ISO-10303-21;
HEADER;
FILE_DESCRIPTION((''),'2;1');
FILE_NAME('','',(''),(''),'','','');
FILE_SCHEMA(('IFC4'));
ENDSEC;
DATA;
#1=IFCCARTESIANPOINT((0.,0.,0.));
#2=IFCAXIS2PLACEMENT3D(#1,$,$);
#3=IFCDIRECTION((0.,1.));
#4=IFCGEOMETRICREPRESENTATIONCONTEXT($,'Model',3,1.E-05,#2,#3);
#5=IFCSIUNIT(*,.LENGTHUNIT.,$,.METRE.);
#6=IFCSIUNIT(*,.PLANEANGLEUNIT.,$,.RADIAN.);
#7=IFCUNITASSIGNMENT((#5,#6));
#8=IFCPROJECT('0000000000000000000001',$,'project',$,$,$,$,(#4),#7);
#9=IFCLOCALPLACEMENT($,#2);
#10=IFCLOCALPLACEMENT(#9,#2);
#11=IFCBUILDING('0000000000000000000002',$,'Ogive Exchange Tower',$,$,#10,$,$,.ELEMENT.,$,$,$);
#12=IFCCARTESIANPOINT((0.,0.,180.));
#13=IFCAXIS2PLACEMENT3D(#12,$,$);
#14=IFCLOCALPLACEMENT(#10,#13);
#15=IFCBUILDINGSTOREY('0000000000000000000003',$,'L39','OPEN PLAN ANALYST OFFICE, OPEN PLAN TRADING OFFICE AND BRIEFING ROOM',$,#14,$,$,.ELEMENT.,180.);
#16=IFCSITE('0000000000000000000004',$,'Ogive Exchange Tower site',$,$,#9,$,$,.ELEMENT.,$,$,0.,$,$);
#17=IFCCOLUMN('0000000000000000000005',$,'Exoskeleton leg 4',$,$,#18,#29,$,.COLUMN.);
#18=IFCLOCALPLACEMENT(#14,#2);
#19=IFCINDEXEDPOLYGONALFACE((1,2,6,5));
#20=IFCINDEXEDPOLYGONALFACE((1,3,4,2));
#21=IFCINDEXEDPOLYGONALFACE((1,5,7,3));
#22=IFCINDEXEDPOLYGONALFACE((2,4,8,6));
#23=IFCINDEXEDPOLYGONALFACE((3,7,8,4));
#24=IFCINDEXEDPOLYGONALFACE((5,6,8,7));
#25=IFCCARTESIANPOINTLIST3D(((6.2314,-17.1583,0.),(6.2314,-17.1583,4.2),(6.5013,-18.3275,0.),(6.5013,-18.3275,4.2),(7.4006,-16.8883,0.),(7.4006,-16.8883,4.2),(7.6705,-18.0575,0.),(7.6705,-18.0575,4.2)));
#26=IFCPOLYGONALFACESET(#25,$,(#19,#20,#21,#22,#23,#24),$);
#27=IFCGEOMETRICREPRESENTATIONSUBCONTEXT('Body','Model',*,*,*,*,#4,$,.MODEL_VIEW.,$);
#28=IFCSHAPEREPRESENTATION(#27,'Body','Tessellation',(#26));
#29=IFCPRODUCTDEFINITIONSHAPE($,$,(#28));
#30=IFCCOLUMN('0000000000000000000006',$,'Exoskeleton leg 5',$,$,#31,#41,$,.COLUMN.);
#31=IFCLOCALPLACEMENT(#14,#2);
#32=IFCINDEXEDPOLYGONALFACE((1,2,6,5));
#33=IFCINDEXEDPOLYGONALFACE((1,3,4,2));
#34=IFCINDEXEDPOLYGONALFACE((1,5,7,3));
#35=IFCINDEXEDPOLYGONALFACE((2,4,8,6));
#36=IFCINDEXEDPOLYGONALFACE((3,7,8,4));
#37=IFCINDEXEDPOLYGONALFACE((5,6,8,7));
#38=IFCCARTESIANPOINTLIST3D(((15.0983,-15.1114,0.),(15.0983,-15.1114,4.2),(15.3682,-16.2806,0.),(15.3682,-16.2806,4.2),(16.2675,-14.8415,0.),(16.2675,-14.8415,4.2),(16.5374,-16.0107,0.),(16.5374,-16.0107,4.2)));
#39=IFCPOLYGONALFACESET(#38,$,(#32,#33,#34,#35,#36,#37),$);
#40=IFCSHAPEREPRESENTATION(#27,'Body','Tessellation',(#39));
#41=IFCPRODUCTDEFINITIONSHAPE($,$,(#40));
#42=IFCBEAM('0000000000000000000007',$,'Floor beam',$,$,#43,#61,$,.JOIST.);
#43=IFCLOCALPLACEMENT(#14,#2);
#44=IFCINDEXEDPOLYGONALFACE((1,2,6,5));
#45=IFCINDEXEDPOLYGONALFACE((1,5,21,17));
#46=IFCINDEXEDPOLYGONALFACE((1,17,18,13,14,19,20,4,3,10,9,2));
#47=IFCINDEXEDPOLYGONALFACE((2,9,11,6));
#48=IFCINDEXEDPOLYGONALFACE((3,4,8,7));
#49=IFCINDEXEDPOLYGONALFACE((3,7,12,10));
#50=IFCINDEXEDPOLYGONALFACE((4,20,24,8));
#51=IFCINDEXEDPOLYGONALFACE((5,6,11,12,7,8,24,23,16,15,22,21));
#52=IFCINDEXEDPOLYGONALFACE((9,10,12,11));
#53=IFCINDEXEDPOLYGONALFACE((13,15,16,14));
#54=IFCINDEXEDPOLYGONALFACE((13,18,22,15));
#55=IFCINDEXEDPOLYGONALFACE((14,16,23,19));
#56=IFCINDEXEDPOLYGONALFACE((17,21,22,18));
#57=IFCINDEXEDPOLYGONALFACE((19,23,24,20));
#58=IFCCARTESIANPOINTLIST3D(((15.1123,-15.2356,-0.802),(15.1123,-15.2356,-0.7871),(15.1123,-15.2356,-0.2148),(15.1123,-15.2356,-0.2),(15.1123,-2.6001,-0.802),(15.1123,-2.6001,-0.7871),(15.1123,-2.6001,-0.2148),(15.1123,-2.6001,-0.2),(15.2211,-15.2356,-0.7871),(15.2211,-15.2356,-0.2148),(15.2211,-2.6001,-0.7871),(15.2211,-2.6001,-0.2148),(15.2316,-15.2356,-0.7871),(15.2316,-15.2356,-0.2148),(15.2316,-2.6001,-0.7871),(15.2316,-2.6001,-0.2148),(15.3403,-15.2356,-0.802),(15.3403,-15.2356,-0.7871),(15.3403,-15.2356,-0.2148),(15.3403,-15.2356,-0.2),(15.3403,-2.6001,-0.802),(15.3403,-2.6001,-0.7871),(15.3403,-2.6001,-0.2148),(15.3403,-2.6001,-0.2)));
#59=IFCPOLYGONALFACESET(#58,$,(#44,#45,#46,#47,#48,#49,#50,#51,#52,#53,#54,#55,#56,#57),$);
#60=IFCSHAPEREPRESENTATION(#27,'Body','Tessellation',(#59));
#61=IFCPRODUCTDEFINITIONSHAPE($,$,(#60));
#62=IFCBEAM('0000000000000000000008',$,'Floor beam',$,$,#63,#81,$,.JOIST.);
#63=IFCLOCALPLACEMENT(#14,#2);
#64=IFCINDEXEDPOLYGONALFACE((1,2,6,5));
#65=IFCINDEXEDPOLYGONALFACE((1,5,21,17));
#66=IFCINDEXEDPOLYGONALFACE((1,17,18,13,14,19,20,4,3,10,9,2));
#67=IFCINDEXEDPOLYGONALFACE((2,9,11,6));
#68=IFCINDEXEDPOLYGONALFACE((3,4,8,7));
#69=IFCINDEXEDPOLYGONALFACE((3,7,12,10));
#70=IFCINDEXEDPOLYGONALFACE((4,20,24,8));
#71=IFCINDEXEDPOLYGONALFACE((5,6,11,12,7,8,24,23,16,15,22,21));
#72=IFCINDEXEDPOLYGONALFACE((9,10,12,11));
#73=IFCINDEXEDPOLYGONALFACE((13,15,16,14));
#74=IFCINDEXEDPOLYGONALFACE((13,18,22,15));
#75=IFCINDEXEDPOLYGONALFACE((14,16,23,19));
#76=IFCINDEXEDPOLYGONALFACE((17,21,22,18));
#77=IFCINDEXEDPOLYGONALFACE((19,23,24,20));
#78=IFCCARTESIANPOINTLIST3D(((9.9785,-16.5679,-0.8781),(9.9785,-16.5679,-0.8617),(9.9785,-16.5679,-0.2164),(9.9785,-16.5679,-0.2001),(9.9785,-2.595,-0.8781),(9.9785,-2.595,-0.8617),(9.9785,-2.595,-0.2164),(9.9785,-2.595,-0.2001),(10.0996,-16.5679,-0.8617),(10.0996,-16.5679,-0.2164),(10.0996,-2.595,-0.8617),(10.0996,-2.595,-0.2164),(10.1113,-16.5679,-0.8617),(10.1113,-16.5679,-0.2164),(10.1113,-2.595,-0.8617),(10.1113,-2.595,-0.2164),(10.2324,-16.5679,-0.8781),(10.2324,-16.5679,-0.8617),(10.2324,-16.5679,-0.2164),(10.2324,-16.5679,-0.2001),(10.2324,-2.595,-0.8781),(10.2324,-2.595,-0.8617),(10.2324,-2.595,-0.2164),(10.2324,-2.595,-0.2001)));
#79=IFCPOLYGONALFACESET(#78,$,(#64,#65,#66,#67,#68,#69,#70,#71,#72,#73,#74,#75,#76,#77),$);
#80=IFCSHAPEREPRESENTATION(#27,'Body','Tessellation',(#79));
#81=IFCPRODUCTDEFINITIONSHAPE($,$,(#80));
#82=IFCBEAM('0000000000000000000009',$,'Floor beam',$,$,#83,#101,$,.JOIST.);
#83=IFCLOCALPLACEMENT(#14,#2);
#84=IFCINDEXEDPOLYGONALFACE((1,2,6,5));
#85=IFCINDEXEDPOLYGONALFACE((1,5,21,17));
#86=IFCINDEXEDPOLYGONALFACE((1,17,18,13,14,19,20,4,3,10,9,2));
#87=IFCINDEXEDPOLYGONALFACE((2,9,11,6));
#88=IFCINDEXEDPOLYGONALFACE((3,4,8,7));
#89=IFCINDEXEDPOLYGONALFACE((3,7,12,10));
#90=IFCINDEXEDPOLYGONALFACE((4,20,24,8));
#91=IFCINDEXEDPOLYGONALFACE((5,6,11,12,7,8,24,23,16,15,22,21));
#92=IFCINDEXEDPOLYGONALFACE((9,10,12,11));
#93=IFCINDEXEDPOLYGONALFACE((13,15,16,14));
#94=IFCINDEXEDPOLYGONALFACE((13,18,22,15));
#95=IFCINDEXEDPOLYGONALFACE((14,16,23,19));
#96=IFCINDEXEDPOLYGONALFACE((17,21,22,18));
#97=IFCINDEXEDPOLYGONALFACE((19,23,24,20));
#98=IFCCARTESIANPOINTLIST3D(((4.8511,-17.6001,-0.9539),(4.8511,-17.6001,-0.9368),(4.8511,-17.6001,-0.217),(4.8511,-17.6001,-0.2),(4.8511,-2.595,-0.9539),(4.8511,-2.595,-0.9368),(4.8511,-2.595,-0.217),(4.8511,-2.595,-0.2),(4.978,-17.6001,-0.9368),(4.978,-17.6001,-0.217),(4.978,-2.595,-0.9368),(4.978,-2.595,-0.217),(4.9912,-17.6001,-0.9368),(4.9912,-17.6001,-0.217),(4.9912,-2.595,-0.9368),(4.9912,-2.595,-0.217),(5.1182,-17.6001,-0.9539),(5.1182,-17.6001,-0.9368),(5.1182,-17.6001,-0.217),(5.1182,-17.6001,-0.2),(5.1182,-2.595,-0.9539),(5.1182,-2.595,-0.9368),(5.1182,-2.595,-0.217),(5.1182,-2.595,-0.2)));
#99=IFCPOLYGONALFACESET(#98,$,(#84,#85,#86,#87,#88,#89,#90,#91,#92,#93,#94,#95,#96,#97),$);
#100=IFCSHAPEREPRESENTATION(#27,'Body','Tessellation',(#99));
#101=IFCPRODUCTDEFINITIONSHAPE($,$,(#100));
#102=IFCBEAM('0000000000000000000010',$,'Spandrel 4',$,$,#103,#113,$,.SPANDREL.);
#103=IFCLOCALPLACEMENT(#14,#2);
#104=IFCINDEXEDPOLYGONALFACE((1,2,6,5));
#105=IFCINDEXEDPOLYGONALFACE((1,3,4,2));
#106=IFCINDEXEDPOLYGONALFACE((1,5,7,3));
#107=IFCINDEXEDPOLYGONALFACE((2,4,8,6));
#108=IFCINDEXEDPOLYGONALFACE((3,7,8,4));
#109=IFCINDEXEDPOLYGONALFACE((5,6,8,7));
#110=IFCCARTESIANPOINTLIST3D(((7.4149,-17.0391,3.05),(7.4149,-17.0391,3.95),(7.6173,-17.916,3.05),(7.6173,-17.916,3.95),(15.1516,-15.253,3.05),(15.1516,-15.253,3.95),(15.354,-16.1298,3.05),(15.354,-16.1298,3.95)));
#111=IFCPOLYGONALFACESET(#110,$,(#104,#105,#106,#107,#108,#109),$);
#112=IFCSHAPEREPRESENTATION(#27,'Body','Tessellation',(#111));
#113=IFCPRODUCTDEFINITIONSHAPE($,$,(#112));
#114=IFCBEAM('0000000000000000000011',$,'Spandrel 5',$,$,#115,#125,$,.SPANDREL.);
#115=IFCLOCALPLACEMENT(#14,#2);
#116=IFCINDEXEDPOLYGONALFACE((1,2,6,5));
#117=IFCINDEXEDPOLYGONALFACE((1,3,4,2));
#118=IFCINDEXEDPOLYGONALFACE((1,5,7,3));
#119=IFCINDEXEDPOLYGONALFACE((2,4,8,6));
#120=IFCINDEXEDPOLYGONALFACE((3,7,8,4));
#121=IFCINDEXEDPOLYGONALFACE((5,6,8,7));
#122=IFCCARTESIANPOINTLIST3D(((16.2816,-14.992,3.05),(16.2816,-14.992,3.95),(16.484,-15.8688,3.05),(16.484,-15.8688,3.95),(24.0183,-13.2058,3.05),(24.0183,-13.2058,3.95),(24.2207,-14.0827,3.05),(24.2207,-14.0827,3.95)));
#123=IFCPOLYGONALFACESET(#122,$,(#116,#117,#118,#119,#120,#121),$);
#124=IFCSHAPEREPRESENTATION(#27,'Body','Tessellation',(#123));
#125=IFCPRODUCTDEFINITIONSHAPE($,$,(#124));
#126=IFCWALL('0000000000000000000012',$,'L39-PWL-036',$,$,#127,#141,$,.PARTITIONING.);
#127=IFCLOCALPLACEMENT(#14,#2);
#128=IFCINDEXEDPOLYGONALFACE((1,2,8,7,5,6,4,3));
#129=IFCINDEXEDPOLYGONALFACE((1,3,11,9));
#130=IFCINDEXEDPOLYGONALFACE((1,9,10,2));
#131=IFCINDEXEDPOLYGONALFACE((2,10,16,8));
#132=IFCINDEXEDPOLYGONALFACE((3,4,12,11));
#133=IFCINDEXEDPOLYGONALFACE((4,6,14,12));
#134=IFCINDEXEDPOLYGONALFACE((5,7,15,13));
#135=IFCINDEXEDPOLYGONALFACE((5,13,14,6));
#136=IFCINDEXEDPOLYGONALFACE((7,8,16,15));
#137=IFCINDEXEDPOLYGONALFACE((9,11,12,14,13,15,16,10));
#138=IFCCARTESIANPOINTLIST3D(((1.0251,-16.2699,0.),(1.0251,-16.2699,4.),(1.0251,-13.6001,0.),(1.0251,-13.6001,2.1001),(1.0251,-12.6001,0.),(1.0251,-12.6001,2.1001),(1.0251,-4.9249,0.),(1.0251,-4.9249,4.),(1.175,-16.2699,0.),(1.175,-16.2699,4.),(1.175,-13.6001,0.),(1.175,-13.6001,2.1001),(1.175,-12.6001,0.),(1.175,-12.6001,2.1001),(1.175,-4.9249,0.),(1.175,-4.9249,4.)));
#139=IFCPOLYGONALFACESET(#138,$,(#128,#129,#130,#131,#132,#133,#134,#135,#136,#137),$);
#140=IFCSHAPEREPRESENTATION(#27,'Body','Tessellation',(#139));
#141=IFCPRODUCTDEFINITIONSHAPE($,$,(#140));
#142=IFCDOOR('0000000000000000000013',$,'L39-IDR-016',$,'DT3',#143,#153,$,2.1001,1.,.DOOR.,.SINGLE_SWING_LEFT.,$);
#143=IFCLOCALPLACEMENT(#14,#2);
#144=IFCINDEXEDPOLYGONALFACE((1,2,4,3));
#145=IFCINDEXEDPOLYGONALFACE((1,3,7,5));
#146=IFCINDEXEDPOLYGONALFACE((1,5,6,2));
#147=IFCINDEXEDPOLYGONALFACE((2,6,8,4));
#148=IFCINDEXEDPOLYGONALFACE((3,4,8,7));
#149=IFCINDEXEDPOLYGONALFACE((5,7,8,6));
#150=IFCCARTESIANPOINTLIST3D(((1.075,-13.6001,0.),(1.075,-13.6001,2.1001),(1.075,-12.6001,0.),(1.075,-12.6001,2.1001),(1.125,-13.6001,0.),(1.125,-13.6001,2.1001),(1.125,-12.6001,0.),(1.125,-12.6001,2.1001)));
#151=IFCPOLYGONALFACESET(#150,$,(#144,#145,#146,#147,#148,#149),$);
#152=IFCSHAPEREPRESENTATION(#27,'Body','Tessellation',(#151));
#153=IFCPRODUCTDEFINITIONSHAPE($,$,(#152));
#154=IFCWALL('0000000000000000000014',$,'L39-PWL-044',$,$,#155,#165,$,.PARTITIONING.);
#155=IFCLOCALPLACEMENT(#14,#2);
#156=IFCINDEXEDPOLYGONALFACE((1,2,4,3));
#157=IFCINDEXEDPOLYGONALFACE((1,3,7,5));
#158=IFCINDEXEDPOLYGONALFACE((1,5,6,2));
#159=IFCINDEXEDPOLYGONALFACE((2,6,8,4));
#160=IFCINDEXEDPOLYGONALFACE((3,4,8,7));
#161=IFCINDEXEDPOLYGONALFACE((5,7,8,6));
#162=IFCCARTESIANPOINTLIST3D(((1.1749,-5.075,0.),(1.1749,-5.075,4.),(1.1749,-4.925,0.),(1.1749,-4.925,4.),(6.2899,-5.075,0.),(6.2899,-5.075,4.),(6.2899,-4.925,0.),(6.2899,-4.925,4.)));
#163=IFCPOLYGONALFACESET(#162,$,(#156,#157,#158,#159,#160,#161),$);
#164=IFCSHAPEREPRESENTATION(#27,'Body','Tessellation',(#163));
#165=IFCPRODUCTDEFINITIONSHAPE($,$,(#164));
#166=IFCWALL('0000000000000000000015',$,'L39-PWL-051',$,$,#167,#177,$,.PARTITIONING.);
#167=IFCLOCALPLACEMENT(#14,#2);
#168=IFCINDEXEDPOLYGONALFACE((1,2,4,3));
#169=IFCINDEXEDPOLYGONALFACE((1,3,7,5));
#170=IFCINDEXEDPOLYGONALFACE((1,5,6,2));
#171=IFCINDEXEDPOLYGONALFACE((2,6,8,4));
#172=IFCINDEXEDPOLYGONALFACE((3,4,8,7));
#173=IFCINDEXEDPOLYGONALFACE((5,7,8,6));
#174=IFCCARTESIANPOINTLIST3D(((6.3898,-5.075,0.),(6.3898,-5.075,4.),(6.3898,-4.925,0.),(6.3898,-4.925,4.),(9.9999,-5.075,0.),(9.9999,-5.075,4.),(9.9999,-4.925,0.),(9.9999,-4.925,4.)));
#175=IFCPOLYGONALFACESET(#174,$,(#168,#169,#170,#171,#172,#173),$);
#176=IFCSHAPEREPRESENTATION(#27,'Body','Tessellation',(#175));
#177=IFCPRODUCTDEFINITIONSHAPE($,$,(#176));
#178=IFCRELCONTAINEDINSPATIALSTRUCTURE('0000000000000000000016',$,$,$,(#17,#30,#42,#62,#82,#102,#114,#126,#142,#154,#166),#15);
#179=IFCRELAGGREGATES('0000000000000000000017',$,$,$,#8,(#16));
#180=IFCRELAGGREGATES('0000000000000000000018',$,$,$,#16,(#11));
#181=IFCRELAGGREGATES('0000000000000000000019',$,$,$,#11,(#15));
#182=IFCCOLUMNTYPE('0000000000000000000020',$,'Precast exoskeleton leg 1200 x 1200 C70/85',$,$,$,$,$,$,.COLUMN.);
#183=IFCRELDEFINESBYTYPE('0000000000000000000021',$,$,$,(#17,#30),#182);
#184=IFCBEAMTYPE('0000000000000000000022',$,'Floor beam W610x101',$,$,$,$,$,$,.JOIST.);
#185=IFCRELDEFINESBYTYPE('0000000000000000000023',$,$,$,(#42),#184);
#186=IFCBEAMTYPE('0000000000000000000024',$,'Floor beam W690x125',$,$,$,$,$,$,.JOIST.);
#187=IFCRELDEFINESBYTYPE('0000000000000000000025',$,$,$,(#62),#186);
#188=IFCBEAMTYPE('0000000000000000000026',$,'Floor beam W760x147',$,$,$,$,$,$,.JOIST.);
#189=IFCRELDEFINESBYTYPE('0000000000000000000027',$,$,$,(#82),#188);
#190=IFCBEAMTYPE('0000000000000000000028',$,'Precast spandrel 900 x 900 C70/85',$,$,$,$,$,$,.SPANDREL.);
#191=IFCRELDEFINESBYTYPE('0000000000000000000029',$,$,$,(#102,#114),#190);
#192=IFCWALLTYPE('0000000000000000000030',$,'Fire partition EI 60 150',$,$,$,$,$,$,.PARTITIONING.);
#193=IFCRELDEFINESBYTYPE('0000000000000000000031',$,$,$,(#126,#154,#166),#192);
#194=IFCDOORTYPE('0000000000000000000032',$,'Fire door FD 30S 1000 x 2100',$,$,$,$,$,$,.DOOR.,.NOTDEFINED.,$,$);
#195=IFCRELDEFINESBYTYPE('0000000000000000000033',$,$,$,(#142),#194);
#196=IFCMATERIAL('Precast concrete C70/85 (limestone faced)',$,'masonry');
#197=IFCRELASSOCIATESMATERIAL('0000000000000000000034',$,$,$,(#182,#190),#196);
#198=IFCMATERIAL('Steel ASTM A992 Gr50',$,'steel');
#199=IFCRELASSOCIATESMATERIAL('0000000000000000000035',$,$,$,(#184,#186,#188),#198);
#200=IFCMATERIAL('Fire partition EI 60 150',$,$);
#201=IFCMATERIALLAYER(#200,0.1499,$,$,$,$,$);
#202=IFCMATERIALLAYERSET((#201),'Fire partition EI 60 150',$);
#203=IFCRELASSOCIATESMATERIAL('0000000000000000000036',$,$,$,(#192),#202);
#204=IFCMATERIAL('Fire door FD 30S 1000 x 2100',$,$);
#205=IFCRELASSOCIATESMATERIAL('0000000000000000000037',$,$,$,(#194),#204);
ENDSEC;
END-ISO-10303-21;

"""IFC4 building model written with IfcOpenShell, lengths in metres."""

from ifc_helpers import new_model, si_unit, direction, frame, frame_2d, origin, origin_2d, place, context, subcontext, project, spatial, rectangle, i_section, extrude, material, layer, layer_set, material_profile, profile_set, type_object, element, fill, save


model = new_model("IFC4")

# Units and contexts
model_context = context("Model", 3, precision=1e-05, world=origin(), true_north=direction((0.0, 1.0)))
body_context = subcontext(model_context, "Body", "Model", "MODEL_VIEW")
ifc_project = project(units=[si_unit("LENGTHUNIT", "METRE"), si_unit("PLANEANGLEUNIT", "RADIAN")], contexts=[model_context])

# Site, building, storey
site_placement = place(None, origin())
site = spatial("IfcSite", under=ifc_project, at=site_placement, Name="Ogive Exchange Tower site", CompositionType="ELEMENT", RefElevation=0.0)
building_placement = place(site_placement, origin())
building = spatial("IfcBuilding", under=site, at=building_placement, Name="Ogive Exchange Tower", CompositionType="ELEMENT")
storey_placement = place(building_placement, frame((0.0, 0.0, 180.0)))
storey = spatial("IfcBuildingStorey", under=building, at=storey_placement, Name="L39", Description="OPEN PLAN ANALYST OFFICE, OPEN PLAN TRADING OFFICE AND BRIEFING ROOM", CompositionType="ELEMENT", Elevation=180.0)

# Columns
ifc_material_1 = material(Name="Precast concrete C70/85 (limestone faced)", Category="masonry")
ifc_material_profile_1 = material_profile(ifc_material_1, rectangle(XDim=1.2, YDim=1.2, at=origin_2d()), Name="1200 x 1200")
ifc_profile_set_1 = profile_set([ifc_material_profile_1], Name="Precast concrete C70/85 (limestone faced)")
column_type = type_object("IfcColumnType", Name="Precast exoskeleton leg 1200 x 1200 C70/85", PredefinedType="COLUMN", material=ifc_profile_set_1)
for number, where, z_axis, x_axis, name in (
    (1, (6.9509, -17.6079, 0.0), (0.0, 0.0, 1.0), (0.97437, 0.224951, 0.0), "Exoskeleton leg 4"),
    (2, (15.8179, -15.561, 0.0), (0.0, 0.0, 1.0), (0.97437, 0.224951, 0.0), "Exoskeleton leg 5"),
):
    element("IfcColumn", number, at=place(storey_placement, frame(where, z_axis=z_axis, x_axis=x_axis)), inside=storey, type_object=column_type, Name=name, PredefinedType="COLUMN", context=body_context, shape_type="SweptSolid", body=[
        extrude(rectangle(XDim=1.2, YDim=1.2, at=origin_2d()), origin(), (0.0, 0.0, 1.0), 4.2),
    ])

# Beams
ifc_material_2 = material(Name="Steel ASTM A992 Gr50", Category="steel")
ifc_material_profile_2 = material_profile(ifc_material_2, i_section(OverallWidth=0.228, OverallDepth=0.6021, WebThickness=0.0105, FlangeThickness=0.0149, at=origin_2d()), Name="W610x101")
ifc_profile_set_2 = profile_set([ifc_material_profile_2], Name="Steel ASTM A992 Gr50")
beam_type_1 = type_object("IfcBeamType", Name="Floor beam W610x101", PredefinedType="JOIST", material=ifc_profile_set_2)
beam_1_placement = place(storey_placement, frame((15.2263, -15.2356, -0.501), z_axis=(0.0, 1.0, 0.0), x_axis=(-1.0, 0.0, 0.0)))
element("IfcBeam", 3, at=beam_1_placement, inside=storey, type_object=beam_type_1, Name="Floor beam", PredefinedType="JOIST", context=body_context, shape_type="SweptSolid", body=[
    extrude(i_section(OverallWidth=0.228, OverallDepth=0.6021, WebThickness=0.0105, FlangeThickness=0.0149, at=origin_2d()), origin(), (0.0, 0.0, 1.0), 12.6355),
])
ifc_material_profile_3 = material_profile(ifc_material_2, i_section(OverallWidth=0.2539, OverallDepth=0.678, WebThickness=0.0117, FlangeThickness=0.0164, at=origin_2d()), Name="W690x125")
ifc_profile_set_3 = profile_set([ifc_material_profile_3], Name="Steel ASTM A992 Gr50")
beam_type_2 = type_object("IfcBeamType", Name="Floor beam W690x125", PredefinedType="JOIST", material=ifc_profile_set_3)
beam_2_placement = place(storey_placement, frame((10.1055, -16.5679, -0.5391), z_axis=(0.0, 1.0, 0.0), x_axis=(-1.0, 0.0, 0.0)))
element("IfcBeam", 4, at=beam_2_placement, inside=storey, type_object=beam_type_2, Name="Floor beam", PredefinedType="JOIST", context=body_context, shape_type="SweptSolid", body=[
    extrude(i_section(OverallWidth=0.2539, OverallDepth=0.678, WebThickness=0.0117, FlangeThickness=0.0164, at=origin_2d()), origin(), (0.0, 0.0, 1.0), 13.9729),
])
ifc_material_profile_4 = material_profile(ifc_material_2, i_section(OverallWidth=0.2671, OverallDepth=0.7539, WebThickness=0.0132, FlangeThickness=0.0171, at=origin_2d()), Name="W760x147")
ifc_profile_set_4 = profile_set([ifc_material_profile_4], Name="Steel ASTM A992 Gr50")
beam_type_3 = type_object("IfcBeamType", Name="Floor beam W760x147", PredefinedType="JOIST", material=ifc_profile_set_4)
beam_3_placement = place(storey_placement, frame((4.9846, -17.6001, -0.5769), z_axis=(0.0, 1.0, 0.0), x_axis=(-1.0, 0.0, 0.0)))
element("IfcBeam", 5, at=beam_3_placement, inside=storey, type_object=beam_type_3, Name="Floor beam", PredefinedType="JOIST", context=body_context, shape_type="SweptSolid", body=[
    extrude(i_section(OverallWidth=0.2671, OverallDepth=0.7539, WebThickness=0.0132, FlangeThickness=0.0171, at=origin_2d()), origin(), (0.0, 0.0, 1.0), 15.0051),
])
ifc_material_profile_5 = material_profile(ifc_material_1, rectangle(XDim=0.8999, YDim=0.8999, at=origin_2d()), Name="900 x 900")
ifc_profile_set_5 = profile_set([ifc_material_profile_5], Name="Precast concrete C70/85 (limestone faced)")
beam_type_4 = type_object("IfcBeamType", Name="Precast spandrel 900 x 900 C70/85", PredefinedType="SPANDREL", material=ifc_profile_set_5)
for number, where, z_axis, x_axis, name in (
    (6, (7.5161, -17.4775, 3.5), (0.97437, 0.224952, 0.0), (-0.224952, 0.97437, 0.0), "Spandrel 4"),
    (7, (16.3828, -15.4304, 3.5), (0.97437, 0.224952, 0.0), (-0.224952, 0.97437, 0.0), "Spandrel 5"),
):
    element("IfcBeam", number, at=place(storey_placement, frame(where, z_axis=z_axis, x_axis=x_axis)), inside=storey, type_object=beam_type_4, Name=name, PredefinedType="SPANDREL", context=body_context, shape_type="SweptSolid", body=[
        extrude(rectangle(XDim=0.8999, YDim=0.8999, at=origin_2d()), origin(), (0.0, 0.0, 1.0), 7.9402),
    ])

# Wall, opening, door
ifc_material_3 = material(Name="Fire partition EI 60 150")
ifc_layer_1 = layer(ifc_material_3, 0.1499)
ifc_layer_set_1 = layer_set([ifc_layer_1], Name="Fire partition EI 60 150")
wall_type_1 = type_object("IfcWallType", Name="Fire partition EI 60 150", PredefinedType="PARTITIONING", material=ifc_layer_set_1)
wall_1_placement = place(storey_placement, frame((1.1001, -4.925, 0.0), z_axis=(0.0, 0.0, 1.0), x_axis=(0.0, -1.0, 0.0)))
wall_1 = element("IfcWall", 8, at=wall_1_placement, inside=storey, type_object=wall_type_1, Name="L39-PWL-036", PredefinedType="PARTITIONING", context=body_context, shape_type="SweptSolid", body=[
    extrude(rectangle(XDim=11.345, YDim=0.1499, at=frame_2d((5.6724, 0.0))), origin(), (0.0, 0.0, 1.0), 4.0),
])
opening_1_placement = place(wall_1_placement, frame((7.675, 0.0, 0.0)))
opening_1 = element("IfcOpeningElement", 9, at=opening_1_placement, cuts=wall_1, PredefinedType="OPENING", context=body_context, shape_type="SweptSolid", body=[
    extrude(rectangle(XDim=1.0, YDim=2.1001, at=frame_2d((0.5, 1.05))), frame((0.0, 0.085, 0.0), z_axis=(0.0, -1.0, 0.0), x_axis=(1.0, 0.0, 0.0)), (0.0, 0.0, 1.0), 0.1699),
])
ifc_material_4 = material(Name="Fire door FD 30S 1000 x 2100")
door_type_1 = type_object("IfcDoorType", Name="Fire door FD 30S 1000 x 2100", OperationType="NOTDEFINED", PredefinedType="DOOR", material=ifc_material_4)
door_1_placement = place(opening_1_placement, origin())
door_1 = element("IfcDoor", 10, at=door_1_placement, inside=storey, type_object=door_type_1, Name="L39-IDR-016", ObjectType="DT3", OperationType="SINGLE_SWING_LEFT", OverallHeight=2.1001, OverallWidth=1.0, PredefinedType="DOOR", context=body_context, shape_type="SweptSolid", body=[
    extrude(rectangle(XDim=1.0, YDim=2.1001, at=frame_2d((0.5, 1.05))), frame((0.0, 0.0249, 0.0), z_axis=(0.0, -1.0, 0.0), x_axis=(1.0, 0.0, 0.0)), (0.0, 0.0, 1.0), 0.05),
])
fill(opening_1, door_1)

# Walls
wall_2_placement = place(storey_placement, frame((6.29, -5.0, 0.0), z_axis=(0.0, 0.0, 1.0), x_axis=(-1.0, 0.0, 0.0)))
element("IfcWall", 11, at=wall_2_placement, inside=storey, type_object=wall_type_1, Name="L39-PWL-044", PredefinedType="PARTITIONING", context=body_context, shape_type="SweptSolid", body=[
    extrude(rectangle(XDim=5.115, YDim=0.1499, at=frame_2d((2.5576, 0.0))), origin(), (0.0, 0.0, 1.0), 4.0),
])
wall_3_placement = place(storey_placement, frame((10.0, -5.0, 0.0), z_axis=(0.0, 0.0, 1.0), x_axis=(-1.0, 0.0, 0.0)))
element("IfcWall", 12, at=wall_3_placement, inside=storey, type_object=wall_type_1, Name="L39-PWL-051", PredefinedType="PARTITIONING", context=body_context, shape_type="SweptSolid", body=[
    extrude(rectangle(XDim=3.6101, YDim=0.1499, at=frame_2d((1.8052, 0.0))), origin(), (0.0, 0.0, 1.0), 4.0),
])

save(model, "model.ifc")
